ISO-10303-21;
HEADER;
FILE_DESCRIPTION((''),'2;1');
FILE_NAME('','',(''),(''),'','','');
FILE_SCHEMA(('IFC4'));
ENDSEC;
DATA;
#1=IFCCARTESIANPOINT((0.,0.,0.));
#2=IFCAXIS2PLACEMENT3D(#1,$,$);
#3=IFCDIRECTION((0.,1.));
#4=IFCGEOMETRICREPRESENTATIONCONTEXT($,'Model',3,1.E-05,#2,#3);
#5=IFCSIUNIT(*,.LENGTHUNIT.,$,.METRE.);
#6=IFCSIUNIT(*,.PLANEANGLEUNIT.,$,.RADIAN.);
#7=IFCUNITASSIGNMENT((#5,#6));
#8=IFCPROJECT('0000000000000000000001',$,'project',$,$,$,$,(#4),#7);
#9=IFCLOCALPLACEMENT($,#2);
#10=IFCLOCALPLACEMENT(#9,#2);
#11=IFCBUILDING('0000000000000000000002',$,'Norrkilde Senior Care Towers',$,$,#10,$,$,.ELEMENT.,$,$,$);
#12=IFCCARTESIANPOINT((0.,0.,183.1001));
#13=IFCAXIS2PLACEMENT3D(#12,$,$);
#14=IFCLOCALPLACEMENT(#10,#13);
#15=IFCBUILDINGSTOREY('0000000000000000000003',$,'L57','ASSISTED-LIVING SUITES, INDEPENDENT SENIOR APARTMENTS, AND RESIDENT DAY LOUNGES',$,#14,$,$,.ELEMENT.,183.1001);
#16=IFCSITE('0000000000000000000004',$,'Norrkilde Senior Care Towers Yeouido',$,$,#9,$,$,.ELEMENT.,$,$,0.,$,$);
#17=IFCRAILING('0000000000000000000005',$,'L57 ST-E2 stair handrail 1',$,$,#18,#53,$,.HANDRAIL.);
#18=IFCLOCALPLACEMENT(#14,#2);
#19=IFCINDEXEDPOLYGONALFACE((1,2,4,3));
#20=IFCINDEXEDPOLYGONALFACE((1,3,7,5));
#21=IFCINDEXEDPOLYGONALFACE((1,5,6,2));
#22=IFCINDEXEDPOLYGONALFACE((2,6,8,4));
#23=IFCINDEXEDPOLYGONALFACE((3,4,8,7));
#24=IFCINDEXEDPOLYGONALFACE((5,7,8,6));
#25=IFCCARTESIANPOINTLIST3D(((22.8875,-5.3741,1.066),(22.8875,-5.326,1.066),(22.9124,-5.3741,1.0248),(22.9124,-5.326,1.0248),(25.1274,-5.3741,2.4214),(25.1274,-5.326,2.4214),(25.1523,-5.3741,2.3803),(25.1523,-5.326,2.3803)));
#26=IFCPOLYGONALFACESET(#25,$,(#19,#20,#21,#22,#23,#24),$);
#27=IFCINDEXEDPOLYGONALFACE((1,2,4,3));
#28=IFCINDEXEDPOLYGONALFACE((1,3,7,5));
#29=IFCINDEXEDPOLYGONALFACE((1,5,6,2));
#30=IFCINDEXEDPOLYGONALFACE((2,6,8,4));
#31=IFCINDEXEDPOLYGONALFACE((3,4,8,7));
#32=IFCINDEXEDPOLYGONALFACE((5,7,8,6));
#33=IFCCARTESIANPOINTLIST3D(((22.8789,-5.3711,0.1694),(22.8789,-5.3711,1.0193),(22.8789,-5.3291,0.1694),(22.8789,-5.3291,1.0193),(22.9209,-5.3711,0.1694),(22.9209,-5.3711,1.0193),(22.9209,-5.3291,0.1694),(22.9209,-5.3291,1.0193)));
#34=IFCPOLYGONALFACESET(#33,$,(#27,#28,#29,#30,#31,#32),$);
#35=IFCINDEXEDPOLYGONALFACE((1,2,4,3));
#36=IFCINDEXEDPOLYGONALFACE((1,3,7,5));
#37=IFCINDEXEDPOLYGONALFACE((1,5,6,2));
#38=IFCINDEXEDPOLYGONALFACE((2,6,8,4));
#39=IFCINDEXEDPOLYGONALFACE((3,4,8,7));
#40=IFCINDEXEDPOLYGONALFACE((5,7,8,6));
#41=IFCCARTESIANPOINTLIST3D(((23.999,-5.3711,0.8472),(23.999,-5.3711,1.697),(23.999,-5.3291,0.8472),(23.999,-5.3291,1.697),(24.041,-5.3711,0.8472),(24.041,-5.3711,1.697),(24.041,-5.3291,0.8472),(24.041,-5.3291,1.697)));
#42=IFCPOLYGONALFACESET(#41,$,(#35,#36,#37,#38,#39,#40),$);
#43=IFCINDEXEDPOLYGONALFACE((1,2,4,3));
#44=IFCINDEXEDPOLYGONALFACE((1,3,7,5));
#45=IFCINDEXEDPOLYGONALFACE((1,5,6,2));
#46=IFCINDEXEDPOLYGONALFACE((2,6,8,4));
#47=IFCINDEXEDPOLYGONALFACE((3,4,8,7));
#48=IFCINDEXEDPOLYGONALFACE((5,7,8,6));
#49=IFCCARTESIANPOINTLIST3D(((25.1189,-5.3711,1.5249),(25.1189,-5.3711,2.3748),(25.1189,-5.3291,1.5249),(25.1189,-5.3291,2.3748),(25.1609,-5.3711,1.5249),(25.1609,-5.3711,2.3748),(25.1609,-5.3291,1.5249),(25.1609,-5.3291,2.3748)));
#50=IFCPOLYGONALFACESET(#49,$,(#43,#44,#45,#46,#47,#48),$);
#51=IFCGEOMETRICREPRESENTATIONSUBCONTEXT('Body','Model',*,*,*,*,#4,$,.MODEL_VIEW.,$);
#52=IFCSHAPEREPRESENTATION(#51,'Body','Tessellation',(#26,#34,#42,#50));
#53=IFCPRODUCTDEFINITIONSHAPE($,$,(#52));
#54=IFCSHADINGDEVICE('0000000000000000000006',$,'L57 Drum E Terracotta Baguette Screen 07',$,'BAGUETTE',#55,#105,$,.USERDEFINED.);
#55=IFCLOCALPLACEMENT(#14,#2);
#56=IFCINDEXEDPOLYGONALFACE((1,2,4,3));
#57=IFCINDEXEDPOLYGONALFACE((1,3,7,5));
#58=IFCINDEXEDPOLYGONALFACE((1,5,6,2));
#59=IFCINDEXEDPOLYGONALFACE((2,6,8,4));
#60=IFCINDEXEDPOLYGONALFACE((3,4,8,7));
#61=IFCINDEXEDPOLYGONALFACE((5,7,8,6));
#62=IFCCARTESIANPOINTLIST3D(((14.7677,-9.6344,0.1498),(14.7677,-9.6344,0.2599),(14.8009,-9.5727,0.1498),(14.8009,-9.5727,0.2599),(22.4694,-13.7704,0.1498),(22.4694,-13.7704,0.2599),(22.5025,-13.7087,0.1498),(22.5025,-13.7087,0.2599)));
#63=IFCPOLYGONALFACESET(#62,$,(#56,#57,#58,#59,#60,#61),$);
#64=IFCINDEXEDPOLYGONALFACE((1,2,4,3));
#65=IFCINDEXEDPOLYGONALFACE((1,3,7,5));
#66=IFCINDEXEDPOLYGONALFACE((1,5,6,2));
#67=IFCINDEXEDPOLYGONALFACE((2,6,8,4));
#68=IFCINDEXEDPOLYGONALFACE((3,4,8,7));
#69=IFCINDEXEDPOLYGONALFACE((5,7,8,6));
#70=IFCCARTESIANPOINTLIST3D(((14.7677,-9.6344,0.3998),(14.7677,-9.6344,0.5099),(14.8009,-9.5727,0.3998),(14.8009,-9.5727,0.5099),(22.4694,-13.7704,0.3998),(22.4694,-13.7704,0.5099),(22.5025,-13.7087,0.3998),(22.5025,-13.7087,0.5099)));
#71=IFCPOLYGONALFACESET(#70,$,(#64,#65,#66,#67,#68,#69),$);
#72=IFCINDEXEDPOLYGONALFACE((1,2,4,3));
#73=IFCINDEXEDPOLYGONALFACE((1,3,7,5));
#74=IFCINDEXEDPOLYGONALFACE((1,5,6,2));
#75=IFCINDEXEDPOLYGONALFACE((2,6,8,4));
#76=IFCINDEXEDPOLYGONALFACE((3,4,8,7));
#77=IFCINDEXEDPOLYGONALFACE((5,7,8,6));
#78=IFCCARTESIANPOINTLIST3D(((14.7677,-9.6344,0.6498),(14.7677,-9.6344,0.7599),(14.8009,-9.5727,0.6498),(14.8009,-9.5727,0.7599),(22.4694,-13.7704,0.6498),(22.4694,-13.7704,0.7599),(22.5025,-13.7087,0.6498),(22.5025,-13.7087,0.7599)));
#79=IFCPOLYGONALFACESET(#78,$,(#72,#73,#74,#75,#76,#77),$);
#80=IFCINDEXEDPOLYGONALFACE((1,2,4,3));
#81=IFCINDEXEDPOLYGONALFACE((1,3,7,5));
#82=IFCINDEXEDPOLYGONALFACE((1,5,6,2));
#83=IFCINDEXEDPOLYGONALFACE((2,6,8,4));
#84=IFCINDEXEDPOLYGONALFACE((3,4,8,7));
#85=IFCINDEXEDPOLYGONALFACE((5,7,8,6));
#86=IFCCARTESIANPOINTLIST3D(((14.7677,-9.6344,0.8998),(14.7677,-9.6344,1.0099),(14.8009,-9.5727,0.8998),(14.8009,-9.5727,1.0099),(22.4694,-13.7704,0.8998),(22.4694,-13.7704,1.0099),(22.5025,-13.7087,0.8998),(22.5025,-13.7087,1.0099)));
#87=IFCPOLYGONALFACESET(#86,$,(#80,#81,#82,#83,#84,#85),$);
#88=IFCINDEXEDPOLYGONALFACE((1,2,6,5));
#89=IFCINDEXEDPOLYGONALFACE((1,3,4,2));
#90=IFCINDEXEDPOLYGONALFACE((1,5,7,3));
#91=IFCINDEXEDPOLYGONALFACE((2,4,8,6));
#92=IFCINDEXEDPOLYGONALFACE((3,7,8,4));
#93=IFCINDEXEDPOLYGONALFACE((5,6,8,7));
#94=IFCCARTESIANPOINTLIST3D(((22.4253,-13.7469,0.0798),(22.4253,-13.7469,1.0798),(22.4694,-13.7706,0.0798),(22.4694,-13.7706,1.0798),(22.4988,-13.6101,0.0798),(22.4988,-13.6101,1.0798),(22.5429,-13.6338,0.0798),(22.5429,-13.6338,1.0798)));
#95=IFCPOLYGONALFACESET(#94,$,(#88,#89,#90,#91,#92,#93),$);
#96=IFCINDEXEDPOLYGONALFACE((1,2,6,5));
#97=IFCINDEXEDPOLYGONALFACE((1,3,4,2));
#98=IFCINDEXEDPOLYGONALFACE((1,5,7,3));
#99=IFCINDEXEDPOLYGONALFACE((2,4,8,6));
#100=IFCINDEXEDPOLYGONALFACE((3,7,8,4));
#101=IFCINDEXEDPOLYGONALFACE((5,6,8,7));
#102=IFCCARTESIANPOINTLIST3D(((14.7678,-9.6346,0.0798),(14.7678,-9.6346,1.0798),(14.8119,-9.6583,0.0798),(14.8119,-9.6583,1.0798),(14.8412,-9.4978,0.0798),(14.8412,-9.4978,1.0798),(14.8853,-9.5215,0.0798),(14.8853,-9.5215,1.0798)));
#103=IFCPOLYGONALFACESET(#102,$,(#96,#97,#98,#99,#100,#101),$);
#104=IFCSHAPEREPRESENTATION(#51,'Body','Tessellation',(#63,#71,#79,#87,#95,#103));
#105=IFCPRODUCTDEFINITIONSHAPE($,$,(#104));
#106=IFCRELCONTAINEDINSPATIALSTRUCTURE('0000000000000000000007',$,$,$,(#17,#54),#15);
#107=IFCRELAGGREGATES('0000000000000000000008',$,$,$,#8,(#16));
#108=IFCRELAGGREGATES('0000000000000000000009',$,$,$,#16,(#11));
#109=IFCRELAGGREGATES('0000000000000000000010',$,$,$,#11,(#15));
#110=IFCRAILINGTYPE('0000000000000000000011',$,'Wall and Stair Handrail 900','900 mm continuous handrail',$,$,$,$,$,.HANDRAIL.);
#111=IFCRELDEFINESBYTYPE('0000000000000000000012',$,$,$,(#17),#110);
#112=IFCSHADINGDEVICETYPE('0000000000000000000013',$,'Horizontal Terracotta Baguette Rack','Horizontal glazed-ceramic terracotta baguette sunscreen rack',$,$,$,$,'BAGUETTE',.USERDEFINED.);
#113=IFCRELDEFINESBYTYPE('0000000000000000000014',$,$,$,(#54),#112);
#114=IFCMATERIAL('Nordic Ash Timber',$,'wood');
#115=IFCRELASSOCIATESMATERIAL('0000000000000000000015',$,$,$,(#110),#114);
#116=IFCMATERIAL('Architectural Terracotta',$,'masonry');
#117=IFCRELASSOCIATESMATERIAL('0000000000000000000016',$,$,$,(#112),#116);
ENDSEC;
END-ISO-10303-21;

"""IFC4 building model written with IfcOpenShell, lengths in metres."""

from ifc_helpers import new_model, si_unit, direction, frame, origin, origin_2d, place, context, subcontext, project, spatial, rectangle, extrude, source, transform, mapped, material, type_object, type_shapes, element, save


model = new_model("IFC4")

# Units and contexts
model_context = context("Model", 3, precision=1e-05, world=origin(), true_north=direction((0.0, 1.0)))
body_context = subcontext(model_context, "Body", "Model", "MODEL_VIEW")
ifc_project = project(units=[si_unit("LENGTHUNIT", "METRE"), si_unit("PLANEANGLEUNIT", "RADIAN")], contexts=[model_context])

# Site, building, storey
site_placement = place(None, origin())
site = spatial("IfcSite", under=ifc_project, at=site_placement, Name="Norrkilde Senior Care Towers Yeouido", CompositionType="ELEMENT", RefElevation=0.0)
building_placement = place(site_placement, origin())
building = spatial("IfcBuilding", under=site, at=building_placement, Name="Norrkilde Senior Care Towers", CompositionType="ELEMENT")
storey_placement = place(building_placement, frame((0.0, 0.0, 183.1001)))
storey = spatial("IfcBuildingStorey", under=building, at=storey_placement, Name="L57", Description="ASSISTED-LIVING SUITES, INDEPENDENT SENIOR APARTMENTS, AND RESIDENT DAY LOUNGES", CompositionType="ELEMENT", Elevation=183.1001)

# Shared definitions
ifc_material_1 = material(Name="Nordic Ash Timber", Category="wood")

# Railing
railing_type_1 = type_object("IfcRailingType", Name="Wall and Stair Handrail 900", Description="900 mm continuous handrail", PredefinedType="HANDRAIL", material=ifc_material_1)
railing_1_placement = place(storey_placement, frame((22.8999, -5.3501, 0.1694)))
element("IfcRailing", 1, at=railing_1_placement, inside=storey, type_object=railing_type_1, Name="L57 ST-E2 stair handrail 1", PredefinedType="HANDRAIL", context=body_context, shape_type="SweptSolid", body=[
    extrude(rectangle(XDim=0.0481, YDim=0.0481, at=origin_2d()), frame((0.0, 0.0, 0.876), z_axis=(0.855553, 0.0, 0.517715), x_axis=(0.0, 1.0, 0.0)), (0.0, 0.0, 1.0), 2.6182),
    extrude(rectangle(XDim=0.042, YDim=0.042, at=origin_2d()), origin(), (0.0, 0.0, 1.0), 0.8499),
    extrude(rectangle(XDim=0.042, YDim=0.042, at=origin_2d()), frame((1.1201, 0.0, 0.6777)), (0.0, 0.0, 1.0), 0.8499),
    extrude(rectangle(XDim=0.042, YDim=0.042, at=origin_2d()), frame((2.24, 0.0, 1.3555)), (0.0, 0.0, 1.0), 0.8499),
])

# Shading device
ifc_material_2 = material(Name="Architectural Terracotta", Category="masonry")
shading_device_type = type_object("IfcShadingDeviceType", Name="Horizontal Terracotta Baguette Rack", Description="Horizontal glazed-ceramic terracotta baguette sunscreen rack", ElementType="BAGUETTE", PredefinedType="USERDEFINED", material=ifc_material_2)
shared_shape_1 = source(origin(), body_context, "Body", "SweptSolid", [
    extrude(rectangle(XDim=0.0701, YDim=0.1101, at=origin_2d()), frame((0.0, 0.0901, 0.125), z_axis=(1.0, 0.0, 0.0), x_axis=(0.0, 1.0, 0.0)), (0.0, 0.0, 1.0), 8.7419),
    extrude(rectangle(XDim=0.0701, YDim=0.1101, at=origin_2d()), frame((0.0, 0.0901, 0.375), z_axis=(1.0, 0.0, 0.0), x_axis=(0.0, 1.0, 0.0)), (0.0, 0.0, 1.0), 8.7419),
    extrude(rectangle(XDim=0.0701, YDim=0.1101, at=origin_2d()), frame((0.0, 0.0901, 0.625), z_axis=(1.0, 0.0, 0.0), x_axis=(0.0, 1.0, 0.0)), (0.0, 0.0, 1.0), 8.7419),
    extrude(rectangle(XDim=0.0701, YDim=0.1101, at=origin_2d()), frame((0.0, 0.0901, 0.875), z_axis=(1.0, 0.0, 0.0), x_axis=(0.0, 1.0, 0.0)), (0.0, 0.0, 1.0), 8.7419),
    extrude(rectangle(XDim=0.05, YDim=0.1553, at=origin_2d()), frame((0.0249, 0.0476, 0.0)), (0.0, 0.0, 1.0), 1.0),
    extrude(rectangle(XDim=0.05, YDim=0.1553, at=origin_2d()), frame((8.7168, 0.0476, 0.0)), (0.0, 0.0, 1.0), 1.0),
])
type_shapes(shading_device_type, [shared_shape_1])
shading_device_placement = place(storey_placement, frame((22.5286, -13.6602, 0.0798), z_axis=(0.0, 0.0, 1.0), x_axis=(-0.881001, 0.47312, 0.0)))
element("IfcShadingDevice", 2, at=shading_device_placement, inside=storey, type_object=shading_device_type, Name="L57 Drum E Terracotta Baguette Screen 07", ObjectType="BAGUETTE", PredefinedType="USERDEFINED", context=body_context, shape_type="MappedRepresentation", body=[
    mapped(shared_shape_1, transform((0.0, 0.0, 0.0), x_axis=(1.0, 0.0, 0.0), y_axis=(0.0, 1.0, 0.0), z_axis=(0.0, 0.0, 1.0), scale=1.0)),
])

save(model, "model.ifc")
